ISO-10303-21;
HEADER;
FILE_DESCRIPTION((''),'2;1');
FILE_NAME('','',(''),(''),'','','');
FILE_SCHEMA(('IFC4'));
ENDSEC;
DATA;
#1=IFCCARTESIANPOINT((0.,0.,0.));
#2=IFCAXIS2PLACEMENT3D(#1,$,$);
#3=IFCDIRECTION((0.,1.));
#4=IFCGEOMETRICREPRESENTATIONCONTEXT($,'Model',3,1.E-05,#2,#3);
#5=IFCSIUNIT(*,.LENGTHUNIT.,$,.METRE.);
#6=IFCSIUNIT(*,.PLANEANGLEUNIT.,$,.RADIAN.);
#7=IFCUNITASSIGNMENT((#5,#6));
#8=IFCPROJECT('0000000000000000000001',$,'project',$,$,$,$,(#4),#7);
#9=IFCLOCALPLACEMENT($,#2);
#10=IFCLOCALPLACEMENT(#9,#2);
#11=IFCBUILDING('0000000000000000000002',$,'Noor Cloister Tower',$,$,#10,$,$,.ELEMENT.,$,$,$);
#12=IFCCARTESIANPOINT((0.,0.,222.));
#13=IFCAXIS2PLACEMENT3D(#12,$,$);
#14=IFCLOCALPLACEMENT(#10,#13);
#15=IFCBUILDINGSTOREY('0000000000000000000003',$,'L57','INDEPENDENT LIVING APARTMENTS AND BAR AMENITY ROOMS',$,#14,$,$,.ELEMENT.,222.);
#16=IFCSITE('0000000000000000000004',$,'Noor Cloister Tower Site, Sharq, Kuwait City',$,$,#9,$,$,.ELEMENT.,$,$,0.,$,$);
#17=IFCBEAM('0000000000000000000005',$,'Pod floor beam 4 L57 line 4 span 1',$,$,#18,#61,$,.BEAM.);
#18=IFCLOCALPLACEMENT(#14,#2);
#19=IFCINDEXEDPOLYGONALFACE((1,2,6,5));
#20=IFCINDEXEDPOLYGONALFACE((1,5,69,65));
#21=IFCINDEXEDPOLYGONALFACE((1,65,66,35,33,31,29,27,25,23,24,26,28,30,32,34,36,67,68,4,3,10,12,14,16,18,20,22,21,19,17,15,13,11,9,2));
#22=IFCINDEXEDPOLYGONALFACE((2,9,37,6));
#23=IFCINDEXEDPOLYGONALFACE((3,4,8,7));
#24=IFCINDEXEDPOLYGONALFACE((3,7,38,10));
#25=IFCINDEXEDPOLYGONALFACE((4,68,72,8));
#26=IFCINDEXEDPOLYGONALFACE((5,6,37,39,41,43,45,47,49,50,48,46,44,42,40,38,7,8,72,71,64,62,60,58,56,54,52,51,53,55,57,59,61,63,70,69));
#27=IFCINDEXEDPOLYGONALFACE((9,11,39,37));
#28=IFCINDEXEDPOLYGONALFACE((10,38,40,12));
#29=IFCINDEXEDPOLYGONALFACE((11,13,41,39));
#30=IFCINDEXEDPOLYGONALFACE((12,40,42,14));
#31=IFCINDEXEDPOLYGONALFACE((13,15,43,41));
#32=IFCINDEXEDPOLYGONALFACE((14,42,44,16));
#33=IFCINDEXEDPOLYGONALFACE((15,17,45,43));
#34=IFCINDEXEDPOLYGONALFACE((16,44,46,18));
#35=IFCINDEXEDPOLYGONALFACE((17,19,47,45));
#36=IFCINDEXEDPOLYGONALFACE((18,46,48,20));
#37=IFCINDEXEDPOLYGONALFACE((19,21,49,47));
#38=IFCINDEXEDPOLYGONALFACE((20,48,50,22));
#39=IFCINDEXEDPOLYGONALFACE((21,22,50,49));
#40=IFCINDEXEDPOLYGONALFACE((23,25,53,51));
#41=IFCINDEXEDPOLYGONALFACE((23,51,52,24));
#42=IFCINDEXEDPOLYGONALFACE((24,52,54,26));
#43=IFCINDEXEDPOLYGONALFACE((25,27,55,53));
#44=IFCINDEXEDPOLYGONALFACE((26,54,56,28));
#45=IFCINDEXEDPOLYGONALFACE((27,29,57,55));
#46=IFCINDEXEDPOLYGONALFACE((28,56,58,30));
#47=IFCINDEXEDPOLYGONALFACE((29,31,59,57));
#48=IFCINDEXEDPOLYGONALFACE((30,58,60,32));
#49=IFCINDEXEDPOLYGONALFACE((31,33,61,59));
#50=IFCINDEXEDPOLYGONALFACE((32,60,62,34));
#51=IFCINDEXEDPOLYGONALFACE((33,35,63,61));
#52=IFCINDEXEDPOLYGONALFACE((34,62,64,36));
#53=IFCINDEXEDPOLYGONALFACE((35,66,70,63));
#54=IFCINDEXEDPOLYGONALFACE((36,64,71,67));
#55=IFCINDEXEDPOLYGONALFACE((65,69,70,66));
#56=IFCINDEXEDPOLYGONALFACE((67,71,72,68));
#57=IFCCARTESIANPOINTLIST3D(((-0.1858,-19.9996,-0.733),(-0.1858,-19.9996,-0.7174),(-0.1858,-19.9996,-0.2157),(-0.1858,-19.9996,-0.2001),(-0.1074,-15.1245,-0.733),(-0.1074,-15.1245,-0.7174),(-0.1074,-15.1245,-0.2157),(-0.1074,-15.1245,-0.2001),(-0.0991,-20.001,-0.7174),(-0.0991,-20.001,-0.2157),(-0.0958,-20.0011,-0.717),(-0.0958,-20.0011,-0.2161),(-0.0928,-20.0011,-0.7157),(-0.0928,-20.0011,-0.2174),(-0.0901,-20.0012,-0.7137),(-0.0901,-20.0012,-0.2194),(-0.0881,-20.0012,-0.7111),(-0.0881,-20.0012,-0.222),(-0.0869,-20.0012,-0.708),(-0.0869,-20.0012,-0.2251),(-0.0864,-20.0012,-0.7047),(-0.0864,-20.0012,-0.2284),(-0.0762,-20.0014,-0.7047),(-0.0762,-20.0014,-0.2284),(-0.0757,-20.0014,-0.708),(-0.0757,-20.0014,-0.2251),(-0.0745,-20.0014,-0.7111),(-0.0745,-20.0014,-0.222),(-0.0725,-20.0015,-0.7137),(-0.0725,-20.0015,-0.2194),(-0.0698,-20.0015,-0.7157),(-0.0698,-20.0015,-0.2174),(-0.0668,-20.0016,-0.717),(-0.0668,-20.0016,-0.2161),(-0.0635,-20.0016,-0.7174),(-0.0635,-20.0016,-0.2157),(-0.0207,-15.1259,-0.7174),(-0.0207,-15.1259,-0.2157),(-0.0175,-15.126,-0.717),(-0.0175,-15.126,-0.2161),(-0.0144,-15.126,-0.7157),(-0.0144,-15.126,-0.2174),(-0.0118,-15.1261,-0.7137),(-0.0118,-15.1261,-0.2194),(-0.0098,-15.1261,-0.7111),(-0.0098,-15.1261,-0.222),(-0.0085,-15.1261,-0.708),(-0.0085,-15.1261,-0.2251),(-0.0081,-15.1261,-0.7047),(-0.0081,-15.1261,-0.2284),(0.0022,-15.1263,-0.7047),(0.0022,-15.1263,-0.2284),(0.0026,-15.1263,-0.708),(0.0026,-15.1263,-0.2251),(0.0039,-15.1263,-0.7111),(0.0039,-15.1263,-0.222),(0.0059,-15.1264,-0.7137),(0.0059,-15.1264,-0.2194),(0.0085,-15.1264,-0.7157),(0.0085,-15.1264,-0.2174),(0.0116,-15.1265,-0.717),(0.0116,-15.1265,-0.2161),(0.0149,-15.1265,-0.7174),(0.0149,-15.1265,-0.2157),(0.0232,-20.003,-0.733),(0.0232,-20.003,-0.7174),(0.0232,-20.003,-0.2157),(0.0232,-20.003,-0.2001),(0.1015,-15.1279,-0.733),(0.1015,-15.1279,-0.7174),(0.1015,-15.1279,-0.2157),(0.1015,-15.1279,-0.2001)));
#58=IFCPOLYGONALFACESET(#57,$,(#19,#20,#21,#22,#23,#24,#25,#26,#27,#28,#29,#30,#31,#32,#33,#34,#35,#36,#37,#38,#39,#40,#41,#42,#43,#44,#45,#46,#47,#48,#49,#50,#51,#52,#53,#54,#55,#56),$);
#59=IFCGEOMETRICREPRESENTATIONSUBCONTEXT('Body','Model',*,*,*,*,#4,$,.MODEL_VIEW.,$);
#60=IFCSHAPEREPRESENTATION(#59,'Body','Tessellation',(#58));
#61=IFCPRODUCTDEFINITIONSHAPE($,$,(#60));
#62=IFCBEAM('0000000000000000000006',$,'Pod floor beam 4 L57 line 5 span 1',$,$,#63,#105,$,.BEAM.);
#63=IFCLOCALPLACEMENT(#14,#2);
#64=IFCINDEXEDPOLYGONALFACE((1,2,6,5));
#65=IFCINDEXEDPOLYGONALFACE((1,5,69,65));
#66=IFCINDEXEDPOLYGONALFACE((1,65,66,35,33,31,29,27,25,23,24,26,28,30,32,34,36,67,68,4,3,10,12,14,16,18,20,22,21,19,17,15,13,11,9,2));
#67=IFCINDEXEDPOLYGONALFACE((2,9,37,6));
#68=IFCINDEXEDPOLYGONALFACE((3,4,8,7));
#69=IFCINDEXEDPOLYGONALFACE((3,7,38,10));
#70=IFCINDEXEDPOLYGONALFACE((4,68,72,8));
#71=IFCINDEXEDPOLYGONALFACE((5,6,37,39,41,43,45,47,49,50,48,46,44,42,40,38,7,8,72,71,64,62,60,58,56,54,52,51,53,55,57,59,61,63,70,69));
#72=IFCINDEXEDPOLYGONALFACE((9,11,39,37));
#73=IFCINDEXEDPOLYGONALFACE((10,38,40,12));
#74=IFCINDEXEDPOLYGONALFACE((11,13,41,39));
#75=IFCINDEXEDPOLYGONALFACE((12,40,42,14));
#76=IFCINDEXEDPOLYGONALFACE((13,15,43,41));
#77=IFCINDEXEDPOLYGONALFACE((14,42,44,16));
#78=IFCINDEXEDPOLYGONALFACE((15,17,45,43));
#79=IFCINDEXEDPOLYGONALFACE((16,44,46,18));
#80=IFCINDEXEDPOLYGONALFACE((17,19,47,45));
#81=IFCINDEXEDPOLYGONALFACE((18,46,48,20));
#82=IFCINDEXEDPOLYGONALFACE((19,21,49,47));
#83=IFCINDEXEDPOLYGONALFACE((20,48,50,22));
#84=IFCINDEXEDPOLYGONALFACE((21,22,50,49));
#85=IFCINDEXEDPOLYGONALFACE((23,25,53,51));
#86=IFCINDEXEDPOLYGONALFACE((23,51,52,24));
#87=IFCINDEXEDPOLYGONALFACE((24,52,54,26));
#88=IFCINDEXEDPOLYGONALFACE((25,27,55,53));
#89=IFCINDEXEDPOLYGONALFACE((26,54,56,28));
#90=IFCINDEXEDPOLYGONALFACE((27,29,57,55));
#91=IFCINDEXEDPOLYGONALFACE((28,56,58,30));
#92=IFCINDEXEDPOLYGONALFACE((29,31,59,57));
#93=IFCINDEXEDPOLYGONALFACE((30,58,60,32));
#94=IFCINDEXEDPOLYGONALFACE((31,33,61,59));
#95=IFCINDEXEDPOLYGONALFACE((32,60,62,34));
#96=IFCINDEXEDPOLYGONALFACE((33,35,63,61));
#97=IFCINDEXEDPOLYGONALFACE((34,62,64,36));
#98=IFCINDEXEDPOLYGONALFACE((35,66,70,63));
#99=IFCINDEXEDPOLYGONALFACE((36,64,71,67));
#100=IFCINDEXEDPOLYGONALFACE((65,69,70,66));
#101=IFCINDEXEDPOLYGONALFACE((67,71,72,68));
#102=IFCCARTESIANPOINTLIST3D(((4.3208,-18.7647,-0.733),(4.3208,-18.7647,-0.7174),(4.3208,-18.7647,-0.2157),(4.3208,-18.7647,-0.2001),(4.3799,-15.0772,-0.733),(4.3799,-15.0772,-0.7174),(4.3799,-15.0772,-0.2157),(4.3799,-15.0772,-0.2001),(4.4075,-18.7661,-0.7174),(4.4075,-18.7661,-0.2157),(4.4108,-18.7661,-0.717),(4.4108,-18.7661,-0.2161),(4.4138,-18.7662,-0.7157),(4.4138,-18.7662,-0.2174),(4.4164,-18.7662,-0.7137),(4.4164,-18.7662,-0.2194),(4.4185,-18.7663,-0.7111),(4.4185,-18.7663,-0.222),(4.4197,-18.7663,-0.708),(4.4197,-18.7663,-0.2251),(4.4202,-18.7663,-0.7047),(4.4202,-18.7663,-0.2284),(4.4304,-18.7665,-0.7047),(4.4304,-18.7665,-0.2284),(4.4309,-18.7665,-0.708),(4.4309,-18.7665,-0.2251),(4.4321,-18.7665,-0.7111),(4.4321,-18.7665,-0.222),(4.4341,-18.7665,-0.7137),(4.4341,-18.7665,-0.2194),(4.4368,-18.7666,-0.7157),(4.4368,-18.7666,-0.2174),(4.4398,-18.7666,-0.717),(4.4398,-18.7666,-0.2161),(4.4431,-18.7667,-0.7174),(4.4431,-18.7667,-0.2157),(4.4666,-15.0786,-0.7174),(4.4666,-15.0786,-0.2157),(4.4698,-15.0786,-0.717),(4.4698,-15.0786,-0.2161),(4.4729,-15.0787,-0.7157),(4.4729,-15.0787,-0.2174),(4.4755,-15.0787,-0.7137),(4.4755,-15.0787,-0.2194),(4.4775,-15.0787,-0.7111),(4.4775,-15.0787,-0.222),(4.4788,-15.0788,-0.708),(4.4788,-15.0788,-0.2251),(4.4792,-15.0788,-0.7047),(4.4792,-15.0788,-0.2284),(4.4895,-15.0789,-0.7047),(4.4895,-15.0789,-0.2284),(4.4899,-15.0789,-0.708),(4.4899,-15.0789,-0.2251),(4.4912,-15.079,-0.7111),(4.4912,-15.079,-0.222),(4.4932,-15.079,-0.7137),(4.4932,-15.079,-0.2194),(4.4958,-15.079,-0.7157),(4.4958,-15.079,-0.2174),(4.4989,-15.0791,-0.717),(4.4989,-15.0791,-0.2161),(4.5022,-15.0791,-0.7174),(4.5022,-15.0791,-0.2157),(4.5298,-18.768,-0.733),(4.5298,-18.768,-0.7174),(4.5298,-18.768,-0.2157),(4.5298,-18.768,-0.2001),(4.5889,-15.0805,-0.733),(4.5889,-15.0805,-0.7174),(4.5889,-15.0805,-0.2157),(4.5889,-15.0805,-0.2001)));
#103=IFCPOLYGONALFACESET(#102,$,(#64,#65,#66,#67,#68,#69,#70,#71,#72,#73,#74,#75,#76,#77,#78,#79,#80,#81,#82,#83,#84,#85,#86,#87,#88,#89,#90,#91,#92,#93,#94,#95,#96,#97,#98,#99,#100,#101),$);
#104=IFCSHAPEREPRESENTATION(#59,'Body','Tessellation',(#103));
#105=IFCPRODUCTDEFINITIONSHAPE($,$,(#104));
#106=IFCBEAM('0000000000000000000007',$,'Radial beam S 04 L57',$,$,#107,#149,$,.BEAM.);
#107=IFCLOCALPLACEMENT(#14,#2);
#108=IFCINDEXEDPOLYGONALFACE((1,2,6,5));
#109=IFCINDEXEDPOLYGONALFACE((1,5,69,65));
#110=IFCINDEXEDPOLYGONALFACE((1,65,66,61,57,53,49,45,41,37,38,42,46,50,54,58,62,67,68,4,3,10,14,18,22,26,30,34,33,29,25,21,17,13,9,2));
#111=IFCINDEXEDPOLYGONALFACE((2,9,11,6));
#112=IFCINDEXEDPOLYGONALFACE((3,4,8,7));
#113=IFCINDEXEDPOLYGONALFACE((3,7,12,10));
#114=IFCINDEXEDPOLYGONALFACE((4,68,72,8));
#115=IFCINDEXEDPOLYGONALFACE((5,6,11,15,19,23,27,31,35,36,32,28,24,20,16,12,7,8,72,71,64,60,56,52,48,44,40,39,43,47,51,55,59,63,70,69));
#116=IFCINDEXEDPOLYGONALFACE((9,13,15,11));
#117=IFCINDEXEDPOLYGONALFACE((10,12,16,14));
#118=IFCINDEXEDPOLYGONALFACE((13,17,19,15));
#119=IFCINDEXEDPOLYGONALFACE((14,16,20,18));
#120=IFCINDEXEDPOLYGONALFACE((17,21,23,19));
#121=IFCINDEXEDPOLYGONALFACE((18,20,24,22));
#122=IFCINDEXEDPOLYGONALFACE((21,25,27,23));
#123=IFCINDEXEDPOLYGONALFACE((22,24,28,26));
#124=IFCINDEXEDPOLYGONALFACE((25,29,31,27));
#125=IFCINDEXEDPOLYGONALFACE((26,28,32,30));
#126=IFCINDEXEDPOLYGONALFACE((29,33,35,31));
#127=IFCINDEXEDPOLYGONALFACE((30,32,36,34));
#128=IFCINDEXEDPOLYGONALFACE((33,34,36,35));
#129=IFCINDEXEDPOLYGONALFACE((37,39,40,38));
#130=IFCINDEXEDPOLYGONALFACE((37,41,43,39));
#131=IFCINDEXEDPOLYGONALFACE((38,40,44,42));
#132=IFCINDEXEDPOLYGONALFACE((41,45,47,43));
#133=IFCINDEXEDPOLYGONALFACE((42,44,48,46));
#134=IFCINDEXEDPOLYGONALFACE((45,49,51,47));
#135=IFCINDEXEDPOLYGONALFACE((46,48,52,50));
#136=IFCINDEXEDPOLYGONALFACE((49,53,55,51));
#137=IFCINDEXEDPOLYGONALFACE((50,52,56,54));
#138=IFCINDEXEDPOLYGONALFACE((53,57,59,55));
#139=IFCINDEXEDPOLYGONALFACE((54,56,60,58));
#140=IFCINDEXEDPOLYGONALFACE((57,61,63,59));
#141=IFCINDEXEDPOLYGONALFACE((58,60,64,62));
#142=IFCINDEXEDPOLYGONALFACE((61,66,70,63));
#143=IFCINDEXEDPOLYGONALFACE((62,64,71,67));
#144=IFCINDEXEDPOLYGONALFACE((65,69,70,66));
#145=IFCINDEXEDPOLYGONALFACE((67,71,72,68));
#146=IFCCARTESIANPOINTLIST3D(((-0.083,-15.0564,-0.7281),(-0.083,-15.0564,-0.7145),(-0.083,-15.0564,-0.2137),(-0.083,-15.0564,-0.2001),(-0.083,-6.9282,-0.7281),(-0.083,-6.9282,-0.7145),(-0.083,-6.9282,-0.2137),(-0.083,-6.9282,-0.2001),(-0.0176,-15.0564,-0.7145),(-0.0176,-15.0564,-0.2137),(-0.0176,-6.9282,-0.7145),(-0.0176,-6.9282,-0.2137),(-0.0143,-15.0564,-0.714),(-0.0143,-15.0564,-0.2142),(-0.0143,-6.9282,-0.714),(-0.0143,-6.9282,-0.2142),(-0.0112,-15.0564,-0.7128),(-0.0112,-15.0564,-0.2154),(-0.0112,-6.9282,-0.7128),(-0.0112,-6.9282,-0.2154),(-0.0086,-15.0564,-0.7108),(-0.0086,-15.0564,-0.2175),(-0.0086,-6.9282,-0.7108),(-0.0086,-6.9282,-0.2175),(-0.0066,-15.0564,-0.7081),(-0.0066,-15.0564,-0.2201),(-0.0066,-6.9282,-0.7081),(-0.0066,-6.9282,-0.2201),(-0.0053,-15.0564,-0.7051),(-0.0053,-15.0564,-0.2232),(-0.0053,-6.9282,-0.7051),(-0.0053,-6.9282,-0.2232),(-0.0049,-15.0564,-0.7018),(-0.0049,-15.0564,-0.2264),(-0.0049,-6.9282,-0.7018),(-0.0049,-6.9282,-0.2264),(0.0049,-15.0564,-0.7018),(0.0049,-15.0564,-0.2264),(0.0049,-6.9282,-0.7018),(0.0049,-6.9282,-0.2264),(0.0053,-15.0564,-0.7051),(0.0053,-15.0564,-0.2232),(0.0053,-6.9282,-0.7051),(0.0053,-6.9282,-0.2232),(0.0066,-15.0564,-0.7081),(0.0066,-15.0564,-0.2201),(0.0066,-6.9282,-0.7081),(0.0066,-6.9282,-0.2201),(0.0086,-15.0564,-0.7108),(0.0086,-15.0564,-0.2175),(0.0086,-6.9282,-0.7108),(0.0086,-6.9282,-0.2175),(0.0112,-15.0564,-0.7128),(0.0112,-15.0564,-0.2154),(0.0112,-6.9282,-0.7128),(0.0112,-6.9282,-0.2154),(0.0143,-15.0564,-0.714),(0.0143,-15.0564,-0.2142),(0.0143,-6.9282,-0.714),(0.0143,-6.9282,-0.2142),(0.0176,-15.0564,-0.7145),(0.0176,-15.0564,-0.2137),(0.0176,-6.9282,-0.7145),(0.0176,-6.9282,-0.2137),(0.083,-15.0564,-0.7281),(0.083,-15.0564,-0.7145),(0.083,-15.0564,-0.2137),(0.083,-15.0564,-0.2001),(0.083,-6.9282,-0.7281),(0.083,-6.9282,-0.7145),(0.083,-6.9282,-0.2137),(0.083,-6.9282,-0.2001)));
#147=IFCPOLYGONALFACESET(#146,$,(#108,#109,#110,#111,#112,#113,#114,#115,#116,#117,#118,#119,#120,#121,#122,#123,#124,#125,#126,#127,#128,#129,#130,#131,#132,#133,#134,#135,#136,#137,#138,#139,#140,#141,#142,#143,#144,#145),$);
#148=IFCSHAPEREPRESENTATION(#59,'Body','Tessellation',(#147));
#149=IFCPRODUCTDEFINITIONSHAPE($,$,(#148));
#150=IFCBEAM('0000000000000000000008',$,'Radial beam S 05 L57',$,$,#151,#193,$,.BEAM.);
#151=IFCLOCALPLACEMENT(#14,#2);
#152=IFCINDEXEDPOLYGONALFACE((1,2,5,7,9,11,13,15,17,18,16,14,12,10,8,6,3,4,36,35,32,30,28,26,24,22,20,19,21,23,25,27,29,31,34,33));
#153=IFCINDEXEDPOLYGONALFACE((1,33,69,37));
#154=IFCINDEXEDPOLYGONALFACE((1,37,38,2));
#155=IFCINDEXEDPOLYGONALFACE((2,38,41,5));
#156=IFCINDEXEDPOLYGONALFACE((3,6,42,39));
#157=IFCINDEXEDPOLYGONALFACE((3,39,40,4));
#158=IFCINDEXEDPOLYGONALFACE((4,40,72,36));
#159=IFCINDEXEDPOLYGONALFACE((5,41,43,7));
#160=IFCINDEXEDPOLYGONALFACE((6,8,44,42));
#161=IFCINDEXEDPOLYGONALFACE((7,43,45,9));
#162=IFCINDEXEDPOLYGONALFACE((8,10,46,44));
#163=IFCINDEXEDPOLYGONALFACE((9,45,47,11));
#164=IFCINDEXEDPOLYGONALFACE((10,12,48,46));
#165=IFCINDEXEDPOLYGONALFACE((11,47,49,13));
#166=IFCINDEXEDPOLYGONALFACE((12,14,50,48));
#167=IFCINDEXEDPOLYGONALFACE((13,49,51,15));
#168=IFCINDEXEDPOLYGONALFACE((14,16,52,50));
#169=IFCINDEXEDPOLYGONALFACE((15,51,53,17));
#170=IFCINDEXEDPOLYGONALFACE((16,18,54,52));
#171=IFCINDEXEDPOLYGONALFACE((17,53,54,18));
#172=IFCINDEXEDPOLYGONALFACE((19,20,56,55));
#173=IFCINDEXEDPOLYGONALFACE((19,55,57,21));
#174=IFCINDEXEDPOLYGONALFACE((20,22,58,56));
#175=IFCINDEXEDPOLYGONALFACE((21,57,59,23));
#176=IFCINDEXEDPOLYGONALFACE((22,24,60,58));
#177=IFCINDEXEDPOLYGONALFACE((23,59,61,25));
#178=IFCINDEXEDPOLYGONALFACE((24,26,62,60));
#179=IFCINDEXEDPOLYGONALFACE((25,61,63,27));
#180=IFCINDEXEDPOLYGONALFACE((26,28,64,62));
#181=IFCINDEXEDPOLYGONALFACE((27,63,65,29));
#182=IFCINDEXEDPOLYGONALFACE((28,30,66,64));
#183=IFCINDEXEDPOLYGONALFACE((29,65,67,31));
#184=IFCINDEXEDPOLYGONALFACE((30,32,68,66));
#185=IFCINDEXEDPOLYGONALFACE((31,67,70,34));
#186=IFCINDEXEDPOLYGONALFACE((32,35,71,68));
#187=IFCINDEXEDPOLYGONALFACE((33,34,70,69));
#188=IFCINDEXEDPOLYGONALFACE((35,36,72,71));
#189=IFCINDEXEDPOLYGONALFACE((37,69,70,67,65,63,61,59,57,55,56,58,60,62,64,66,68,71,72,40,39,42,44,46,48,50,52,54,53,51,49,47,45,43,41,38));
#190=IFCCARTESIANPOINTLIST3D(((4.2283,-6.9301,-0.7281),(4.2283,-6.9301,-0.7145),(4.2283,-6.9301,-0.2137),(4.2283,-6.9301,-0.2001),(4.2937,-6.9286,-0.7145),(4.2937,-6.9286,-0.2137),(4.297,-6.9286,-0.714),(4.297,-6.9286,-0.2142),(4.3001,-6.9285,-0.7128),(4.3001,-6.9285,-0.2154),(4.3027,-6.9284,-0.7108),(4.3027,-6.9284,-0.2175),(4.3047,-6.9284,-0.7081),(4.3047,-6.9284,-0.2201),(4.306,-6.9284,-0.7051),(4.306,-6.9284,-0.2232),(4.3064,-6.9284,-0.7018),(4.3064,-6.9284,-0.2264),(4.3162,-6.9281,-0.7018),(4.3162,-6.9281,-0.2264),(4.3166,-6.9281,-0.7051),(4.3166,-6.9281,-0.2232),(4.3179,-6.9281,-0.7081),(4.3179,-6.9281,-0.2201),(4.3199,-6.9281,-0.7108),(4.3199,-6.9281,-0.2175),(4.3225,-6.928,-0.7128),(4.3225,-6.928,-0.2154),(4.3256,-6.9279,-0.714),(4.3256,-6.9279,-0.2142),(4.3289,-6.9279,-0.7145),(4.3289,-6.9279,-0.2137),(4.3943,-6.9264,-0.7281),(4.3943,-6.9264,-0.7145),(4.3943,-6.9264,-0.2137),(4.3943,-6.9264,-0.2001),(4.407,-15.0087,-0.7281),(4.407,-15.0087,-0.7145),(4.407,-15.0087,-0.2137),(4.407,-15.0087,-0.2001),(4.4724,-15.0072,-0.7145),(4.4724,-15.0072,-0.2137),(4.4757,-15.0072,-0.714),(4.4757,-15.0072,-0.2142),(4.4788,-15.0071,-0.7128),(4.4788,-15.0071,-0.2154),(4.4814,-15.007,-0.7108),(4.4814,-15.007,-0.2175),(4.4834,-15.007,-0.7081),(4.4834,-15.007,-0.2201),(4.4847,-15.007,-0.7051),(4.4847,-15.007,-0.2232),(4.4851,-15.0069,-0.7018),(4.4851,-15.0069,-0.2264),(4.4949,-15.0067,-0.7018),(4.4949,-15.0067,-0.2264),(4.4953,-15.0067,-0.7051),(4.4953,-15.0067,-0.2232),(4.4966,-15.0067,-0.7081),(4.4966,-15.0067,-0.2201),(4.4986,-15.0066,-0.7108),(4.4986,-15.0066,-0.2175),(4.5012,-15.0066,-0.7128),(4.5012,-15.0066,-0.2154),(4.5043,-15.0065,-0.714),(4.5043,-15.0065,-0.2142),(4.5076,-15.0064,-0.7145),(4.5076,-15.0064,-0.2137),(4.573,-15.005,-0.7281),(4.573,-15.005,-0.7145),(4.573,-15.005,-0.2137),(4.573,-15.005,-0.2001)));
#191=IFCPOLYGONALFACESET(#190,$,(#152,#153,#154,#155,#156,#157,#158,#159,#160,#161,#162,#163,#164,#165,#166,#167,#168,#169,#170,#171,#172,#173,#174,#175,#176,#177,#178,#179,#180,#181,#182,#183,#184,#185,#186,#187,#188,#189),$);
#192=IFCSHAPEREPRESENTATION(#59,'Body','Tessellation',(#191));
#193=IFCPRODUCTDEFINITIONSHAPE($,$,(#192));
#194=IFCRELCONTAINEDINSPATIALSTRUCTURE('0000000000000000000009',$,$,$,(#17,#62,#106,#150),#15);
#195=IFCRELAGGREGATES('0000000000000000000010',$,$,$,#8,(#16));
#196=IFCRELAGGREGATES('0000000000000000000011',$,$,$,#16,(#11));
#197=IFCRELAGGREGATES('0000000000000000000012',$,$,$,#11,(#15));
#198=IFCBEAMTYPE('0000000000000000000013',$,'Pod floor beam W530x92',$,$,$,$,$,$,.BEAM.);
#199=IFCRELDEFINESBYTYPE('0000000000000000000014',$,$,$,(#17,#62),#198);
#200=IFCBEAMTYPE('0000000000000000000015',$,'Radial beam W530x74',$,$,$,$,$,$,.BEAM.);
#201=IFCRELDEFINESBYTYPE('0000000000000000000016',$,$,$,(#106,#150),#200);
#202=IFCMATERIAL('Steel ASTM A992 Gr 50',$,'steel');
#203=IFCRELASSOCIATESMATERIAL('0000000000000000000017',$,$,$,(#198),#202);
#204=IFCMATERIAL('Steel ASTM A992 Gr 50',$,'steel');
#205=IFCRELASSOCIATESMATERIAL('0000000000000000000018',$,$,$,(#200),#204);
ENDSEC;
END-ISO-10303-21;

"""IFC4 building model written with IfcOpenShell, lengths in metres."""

from ifc_helpers import new_model, si_unit, direction, frame, origin, origin_2d, place, context, subcontext, project, spatial, i_section, extrude, material, material_profile, profile_set, type_object, element, save


model = new_model("IFC4")

# Units and contexts
model_context = context("Model", 3, precision=1e-05, world=origin(), true_north=direction((0.0, 1.0)))
body_context = subcontext(model_context, "Body", "Model", "MODEL_VIEW")
ifc_project = project(units=[si_unit("LENGTHUNIT", "METRE"), si_unit("PLANEANGLEUNIT", "RADIAN")], contexts=[model_context])

# Site, building, storey
site_placement = place(None, origin())
site = spatial("IfcSite", under=ifc_project, at=site_placement, Name="Noor Cloister Tower Site, Sharq, Kuwait City", CompositionType="ELEMENT", RefElevation=0.0)
building_placement = place(site_placement, origin())
building = spatial("IfcBuilding", under=site, at=building_placement, Name="Noor Cloister Tower", CompositionType="ELEMENT")
storey_placement = place(building_placement, frame((0.0, 0.0, 222.0)))
storey = spatial("IfcBuildingStorey", under=building, at=storey_placement, Name="L57", Description="INDEPENDENT LIVING APARTMENTS AND BAR AMENITY ROOMS", CompositionType="ELEMENT", Elevation=222.0)

# Beams
ifc_material_1 = material(Name="Steel ASTM A992 Gr 50", Category="steel")
ifc_material_profile_1 = material_profile(ifc_material_1, i_section(OverallWidth=0.209, OverallDepth=0.533, WebThickness=0.0103, FlangeThickness=0.0156, FilletRadius=0.0127, at=origin_2d()), Name="W530x92")
ifc_profile_set_1 = profile_set([ifc_material_profile_1], Name="Steel ASTM A992 Gr 50")
beam_type_1 = type_object("IfcBeamType", Name="Pod floor beam W530x92", PredefinedType="BEAM", material=ifc_profile_set_1)
beam_1_placement = place(storey_placement, frame((-0.0029, -15.1262, -0.4666), z_axis=(-0.016074, -0.999871, 0.0), x_axis=(0.999871, -0.016074, 0.0)))
element("IfcBeam", 1, at=beam_1_placement, inside=storey, type_object=beam_type_1, Name="Pod floor beam 4 L57 line 4 span 1", PredefinedType="BEAM", context=body_context, shape_type="SweptSolid", body=[
    extrude(i_section(OverallWidth=0.209, OverallDepth=0.533, WebThickness=0.0103, FlangeThickness=0.0156, FilletRadius=0.0127, at=origin_2d()), origin(), (0.0, 0.0, 1.0), 4.8757),
])
beam_2_placement = place(storey_placement, frame((4.4844, -15.0789, -0.4666), z_axis=(-0.01602, -0.999872, 0.0), x_axis=(0.999872, -0.01602, 0.0)))
element("IfcBeam", 2, at=beam_2_placement, inside=storey, type_object=beam_type_1, Name="Pod floor beam 4 L57 line 5 span 1", PredefinedType="BEAM", context=body_context, shape_type="SweptSolid", body=[
    extrude(i_section(OverallWidth=0.209, OverallDepth=0.533, WebThickness=0.0103, FlangeThickness=0.0156, FilletRadius=0.0127, at=origin_2d()), origin(), (0.0, 0.0, 1.0), 3.688),
])
ifc_material_2 = material(Name="Steel ASTM A992 Gr 50", Category="steel")
ifc_material_profile_2 = material_profile(ifc_material_2, i_section(OverallWidth=0.166, OverallDepth=0.5281, WebThickness=0.0098, FlangeThickness=0.0137, FilletRadius=0.0127, at=origin_2d()), Name="W530x74")
ifc_profile_set_2 = profile_set([ifc_material_profile_2], Name="Steel ASTM A992 Gr 50")
beam_type_2 = type_object("IfcBeamType", Name="Radial beam W530x74", PredefinedType="BEAM", material=ifc_profile_set_2)
beam_3_placement = place(storey_placement, frame((0.0, -15.0564, -0.4641), z_axis=(0.0, 1.0, 0.0), x_axis=(-1.0, 0.0, 0.0)))
element("IfcBeam", 3, at=beam_3_placement, inside=storey, type_object=beam_type_2, Name="Radial beam S 04 L57", PredefinedType="BEAM", context=body_context, shape_type="SweptSolid", body=[
    extrude(i_section(OverallWidth=0.166, OverallDepth=0.5281, WebThickness=0.0098, FlangeThickness=0.0137, FilletRadius=0.0127, at=origin_2d()), origin(), (0.0, 0.0, 1.0), 8.1282),
])
beam_4_placement = place(storey_placement, frame((4.49, -15.0068, -0.4641), z_axis=(-0.022116, 0.999755, 0.0), x_axis=(-0.999755, -0.022116, 0.0)))
element("IfcBeam", 4, at=beam_4_placement, inside=storey, type_object=beam_type_2, Name="Radial beam S 05 L57", PredefinedType="BEAM", context=body_context, shape_type="SweptSolid", body=[
    extrude(i_section(OverallWidth=0.166, OverallDepth=0.5281, WebThickness=0.0098, FlangeThickness=0.0137, FilletRadius=0.0127, at=origin_2d()), origin(), (0.0, 0.0, 1.0), 8.0806),
])

save(model, "model.ifc")
